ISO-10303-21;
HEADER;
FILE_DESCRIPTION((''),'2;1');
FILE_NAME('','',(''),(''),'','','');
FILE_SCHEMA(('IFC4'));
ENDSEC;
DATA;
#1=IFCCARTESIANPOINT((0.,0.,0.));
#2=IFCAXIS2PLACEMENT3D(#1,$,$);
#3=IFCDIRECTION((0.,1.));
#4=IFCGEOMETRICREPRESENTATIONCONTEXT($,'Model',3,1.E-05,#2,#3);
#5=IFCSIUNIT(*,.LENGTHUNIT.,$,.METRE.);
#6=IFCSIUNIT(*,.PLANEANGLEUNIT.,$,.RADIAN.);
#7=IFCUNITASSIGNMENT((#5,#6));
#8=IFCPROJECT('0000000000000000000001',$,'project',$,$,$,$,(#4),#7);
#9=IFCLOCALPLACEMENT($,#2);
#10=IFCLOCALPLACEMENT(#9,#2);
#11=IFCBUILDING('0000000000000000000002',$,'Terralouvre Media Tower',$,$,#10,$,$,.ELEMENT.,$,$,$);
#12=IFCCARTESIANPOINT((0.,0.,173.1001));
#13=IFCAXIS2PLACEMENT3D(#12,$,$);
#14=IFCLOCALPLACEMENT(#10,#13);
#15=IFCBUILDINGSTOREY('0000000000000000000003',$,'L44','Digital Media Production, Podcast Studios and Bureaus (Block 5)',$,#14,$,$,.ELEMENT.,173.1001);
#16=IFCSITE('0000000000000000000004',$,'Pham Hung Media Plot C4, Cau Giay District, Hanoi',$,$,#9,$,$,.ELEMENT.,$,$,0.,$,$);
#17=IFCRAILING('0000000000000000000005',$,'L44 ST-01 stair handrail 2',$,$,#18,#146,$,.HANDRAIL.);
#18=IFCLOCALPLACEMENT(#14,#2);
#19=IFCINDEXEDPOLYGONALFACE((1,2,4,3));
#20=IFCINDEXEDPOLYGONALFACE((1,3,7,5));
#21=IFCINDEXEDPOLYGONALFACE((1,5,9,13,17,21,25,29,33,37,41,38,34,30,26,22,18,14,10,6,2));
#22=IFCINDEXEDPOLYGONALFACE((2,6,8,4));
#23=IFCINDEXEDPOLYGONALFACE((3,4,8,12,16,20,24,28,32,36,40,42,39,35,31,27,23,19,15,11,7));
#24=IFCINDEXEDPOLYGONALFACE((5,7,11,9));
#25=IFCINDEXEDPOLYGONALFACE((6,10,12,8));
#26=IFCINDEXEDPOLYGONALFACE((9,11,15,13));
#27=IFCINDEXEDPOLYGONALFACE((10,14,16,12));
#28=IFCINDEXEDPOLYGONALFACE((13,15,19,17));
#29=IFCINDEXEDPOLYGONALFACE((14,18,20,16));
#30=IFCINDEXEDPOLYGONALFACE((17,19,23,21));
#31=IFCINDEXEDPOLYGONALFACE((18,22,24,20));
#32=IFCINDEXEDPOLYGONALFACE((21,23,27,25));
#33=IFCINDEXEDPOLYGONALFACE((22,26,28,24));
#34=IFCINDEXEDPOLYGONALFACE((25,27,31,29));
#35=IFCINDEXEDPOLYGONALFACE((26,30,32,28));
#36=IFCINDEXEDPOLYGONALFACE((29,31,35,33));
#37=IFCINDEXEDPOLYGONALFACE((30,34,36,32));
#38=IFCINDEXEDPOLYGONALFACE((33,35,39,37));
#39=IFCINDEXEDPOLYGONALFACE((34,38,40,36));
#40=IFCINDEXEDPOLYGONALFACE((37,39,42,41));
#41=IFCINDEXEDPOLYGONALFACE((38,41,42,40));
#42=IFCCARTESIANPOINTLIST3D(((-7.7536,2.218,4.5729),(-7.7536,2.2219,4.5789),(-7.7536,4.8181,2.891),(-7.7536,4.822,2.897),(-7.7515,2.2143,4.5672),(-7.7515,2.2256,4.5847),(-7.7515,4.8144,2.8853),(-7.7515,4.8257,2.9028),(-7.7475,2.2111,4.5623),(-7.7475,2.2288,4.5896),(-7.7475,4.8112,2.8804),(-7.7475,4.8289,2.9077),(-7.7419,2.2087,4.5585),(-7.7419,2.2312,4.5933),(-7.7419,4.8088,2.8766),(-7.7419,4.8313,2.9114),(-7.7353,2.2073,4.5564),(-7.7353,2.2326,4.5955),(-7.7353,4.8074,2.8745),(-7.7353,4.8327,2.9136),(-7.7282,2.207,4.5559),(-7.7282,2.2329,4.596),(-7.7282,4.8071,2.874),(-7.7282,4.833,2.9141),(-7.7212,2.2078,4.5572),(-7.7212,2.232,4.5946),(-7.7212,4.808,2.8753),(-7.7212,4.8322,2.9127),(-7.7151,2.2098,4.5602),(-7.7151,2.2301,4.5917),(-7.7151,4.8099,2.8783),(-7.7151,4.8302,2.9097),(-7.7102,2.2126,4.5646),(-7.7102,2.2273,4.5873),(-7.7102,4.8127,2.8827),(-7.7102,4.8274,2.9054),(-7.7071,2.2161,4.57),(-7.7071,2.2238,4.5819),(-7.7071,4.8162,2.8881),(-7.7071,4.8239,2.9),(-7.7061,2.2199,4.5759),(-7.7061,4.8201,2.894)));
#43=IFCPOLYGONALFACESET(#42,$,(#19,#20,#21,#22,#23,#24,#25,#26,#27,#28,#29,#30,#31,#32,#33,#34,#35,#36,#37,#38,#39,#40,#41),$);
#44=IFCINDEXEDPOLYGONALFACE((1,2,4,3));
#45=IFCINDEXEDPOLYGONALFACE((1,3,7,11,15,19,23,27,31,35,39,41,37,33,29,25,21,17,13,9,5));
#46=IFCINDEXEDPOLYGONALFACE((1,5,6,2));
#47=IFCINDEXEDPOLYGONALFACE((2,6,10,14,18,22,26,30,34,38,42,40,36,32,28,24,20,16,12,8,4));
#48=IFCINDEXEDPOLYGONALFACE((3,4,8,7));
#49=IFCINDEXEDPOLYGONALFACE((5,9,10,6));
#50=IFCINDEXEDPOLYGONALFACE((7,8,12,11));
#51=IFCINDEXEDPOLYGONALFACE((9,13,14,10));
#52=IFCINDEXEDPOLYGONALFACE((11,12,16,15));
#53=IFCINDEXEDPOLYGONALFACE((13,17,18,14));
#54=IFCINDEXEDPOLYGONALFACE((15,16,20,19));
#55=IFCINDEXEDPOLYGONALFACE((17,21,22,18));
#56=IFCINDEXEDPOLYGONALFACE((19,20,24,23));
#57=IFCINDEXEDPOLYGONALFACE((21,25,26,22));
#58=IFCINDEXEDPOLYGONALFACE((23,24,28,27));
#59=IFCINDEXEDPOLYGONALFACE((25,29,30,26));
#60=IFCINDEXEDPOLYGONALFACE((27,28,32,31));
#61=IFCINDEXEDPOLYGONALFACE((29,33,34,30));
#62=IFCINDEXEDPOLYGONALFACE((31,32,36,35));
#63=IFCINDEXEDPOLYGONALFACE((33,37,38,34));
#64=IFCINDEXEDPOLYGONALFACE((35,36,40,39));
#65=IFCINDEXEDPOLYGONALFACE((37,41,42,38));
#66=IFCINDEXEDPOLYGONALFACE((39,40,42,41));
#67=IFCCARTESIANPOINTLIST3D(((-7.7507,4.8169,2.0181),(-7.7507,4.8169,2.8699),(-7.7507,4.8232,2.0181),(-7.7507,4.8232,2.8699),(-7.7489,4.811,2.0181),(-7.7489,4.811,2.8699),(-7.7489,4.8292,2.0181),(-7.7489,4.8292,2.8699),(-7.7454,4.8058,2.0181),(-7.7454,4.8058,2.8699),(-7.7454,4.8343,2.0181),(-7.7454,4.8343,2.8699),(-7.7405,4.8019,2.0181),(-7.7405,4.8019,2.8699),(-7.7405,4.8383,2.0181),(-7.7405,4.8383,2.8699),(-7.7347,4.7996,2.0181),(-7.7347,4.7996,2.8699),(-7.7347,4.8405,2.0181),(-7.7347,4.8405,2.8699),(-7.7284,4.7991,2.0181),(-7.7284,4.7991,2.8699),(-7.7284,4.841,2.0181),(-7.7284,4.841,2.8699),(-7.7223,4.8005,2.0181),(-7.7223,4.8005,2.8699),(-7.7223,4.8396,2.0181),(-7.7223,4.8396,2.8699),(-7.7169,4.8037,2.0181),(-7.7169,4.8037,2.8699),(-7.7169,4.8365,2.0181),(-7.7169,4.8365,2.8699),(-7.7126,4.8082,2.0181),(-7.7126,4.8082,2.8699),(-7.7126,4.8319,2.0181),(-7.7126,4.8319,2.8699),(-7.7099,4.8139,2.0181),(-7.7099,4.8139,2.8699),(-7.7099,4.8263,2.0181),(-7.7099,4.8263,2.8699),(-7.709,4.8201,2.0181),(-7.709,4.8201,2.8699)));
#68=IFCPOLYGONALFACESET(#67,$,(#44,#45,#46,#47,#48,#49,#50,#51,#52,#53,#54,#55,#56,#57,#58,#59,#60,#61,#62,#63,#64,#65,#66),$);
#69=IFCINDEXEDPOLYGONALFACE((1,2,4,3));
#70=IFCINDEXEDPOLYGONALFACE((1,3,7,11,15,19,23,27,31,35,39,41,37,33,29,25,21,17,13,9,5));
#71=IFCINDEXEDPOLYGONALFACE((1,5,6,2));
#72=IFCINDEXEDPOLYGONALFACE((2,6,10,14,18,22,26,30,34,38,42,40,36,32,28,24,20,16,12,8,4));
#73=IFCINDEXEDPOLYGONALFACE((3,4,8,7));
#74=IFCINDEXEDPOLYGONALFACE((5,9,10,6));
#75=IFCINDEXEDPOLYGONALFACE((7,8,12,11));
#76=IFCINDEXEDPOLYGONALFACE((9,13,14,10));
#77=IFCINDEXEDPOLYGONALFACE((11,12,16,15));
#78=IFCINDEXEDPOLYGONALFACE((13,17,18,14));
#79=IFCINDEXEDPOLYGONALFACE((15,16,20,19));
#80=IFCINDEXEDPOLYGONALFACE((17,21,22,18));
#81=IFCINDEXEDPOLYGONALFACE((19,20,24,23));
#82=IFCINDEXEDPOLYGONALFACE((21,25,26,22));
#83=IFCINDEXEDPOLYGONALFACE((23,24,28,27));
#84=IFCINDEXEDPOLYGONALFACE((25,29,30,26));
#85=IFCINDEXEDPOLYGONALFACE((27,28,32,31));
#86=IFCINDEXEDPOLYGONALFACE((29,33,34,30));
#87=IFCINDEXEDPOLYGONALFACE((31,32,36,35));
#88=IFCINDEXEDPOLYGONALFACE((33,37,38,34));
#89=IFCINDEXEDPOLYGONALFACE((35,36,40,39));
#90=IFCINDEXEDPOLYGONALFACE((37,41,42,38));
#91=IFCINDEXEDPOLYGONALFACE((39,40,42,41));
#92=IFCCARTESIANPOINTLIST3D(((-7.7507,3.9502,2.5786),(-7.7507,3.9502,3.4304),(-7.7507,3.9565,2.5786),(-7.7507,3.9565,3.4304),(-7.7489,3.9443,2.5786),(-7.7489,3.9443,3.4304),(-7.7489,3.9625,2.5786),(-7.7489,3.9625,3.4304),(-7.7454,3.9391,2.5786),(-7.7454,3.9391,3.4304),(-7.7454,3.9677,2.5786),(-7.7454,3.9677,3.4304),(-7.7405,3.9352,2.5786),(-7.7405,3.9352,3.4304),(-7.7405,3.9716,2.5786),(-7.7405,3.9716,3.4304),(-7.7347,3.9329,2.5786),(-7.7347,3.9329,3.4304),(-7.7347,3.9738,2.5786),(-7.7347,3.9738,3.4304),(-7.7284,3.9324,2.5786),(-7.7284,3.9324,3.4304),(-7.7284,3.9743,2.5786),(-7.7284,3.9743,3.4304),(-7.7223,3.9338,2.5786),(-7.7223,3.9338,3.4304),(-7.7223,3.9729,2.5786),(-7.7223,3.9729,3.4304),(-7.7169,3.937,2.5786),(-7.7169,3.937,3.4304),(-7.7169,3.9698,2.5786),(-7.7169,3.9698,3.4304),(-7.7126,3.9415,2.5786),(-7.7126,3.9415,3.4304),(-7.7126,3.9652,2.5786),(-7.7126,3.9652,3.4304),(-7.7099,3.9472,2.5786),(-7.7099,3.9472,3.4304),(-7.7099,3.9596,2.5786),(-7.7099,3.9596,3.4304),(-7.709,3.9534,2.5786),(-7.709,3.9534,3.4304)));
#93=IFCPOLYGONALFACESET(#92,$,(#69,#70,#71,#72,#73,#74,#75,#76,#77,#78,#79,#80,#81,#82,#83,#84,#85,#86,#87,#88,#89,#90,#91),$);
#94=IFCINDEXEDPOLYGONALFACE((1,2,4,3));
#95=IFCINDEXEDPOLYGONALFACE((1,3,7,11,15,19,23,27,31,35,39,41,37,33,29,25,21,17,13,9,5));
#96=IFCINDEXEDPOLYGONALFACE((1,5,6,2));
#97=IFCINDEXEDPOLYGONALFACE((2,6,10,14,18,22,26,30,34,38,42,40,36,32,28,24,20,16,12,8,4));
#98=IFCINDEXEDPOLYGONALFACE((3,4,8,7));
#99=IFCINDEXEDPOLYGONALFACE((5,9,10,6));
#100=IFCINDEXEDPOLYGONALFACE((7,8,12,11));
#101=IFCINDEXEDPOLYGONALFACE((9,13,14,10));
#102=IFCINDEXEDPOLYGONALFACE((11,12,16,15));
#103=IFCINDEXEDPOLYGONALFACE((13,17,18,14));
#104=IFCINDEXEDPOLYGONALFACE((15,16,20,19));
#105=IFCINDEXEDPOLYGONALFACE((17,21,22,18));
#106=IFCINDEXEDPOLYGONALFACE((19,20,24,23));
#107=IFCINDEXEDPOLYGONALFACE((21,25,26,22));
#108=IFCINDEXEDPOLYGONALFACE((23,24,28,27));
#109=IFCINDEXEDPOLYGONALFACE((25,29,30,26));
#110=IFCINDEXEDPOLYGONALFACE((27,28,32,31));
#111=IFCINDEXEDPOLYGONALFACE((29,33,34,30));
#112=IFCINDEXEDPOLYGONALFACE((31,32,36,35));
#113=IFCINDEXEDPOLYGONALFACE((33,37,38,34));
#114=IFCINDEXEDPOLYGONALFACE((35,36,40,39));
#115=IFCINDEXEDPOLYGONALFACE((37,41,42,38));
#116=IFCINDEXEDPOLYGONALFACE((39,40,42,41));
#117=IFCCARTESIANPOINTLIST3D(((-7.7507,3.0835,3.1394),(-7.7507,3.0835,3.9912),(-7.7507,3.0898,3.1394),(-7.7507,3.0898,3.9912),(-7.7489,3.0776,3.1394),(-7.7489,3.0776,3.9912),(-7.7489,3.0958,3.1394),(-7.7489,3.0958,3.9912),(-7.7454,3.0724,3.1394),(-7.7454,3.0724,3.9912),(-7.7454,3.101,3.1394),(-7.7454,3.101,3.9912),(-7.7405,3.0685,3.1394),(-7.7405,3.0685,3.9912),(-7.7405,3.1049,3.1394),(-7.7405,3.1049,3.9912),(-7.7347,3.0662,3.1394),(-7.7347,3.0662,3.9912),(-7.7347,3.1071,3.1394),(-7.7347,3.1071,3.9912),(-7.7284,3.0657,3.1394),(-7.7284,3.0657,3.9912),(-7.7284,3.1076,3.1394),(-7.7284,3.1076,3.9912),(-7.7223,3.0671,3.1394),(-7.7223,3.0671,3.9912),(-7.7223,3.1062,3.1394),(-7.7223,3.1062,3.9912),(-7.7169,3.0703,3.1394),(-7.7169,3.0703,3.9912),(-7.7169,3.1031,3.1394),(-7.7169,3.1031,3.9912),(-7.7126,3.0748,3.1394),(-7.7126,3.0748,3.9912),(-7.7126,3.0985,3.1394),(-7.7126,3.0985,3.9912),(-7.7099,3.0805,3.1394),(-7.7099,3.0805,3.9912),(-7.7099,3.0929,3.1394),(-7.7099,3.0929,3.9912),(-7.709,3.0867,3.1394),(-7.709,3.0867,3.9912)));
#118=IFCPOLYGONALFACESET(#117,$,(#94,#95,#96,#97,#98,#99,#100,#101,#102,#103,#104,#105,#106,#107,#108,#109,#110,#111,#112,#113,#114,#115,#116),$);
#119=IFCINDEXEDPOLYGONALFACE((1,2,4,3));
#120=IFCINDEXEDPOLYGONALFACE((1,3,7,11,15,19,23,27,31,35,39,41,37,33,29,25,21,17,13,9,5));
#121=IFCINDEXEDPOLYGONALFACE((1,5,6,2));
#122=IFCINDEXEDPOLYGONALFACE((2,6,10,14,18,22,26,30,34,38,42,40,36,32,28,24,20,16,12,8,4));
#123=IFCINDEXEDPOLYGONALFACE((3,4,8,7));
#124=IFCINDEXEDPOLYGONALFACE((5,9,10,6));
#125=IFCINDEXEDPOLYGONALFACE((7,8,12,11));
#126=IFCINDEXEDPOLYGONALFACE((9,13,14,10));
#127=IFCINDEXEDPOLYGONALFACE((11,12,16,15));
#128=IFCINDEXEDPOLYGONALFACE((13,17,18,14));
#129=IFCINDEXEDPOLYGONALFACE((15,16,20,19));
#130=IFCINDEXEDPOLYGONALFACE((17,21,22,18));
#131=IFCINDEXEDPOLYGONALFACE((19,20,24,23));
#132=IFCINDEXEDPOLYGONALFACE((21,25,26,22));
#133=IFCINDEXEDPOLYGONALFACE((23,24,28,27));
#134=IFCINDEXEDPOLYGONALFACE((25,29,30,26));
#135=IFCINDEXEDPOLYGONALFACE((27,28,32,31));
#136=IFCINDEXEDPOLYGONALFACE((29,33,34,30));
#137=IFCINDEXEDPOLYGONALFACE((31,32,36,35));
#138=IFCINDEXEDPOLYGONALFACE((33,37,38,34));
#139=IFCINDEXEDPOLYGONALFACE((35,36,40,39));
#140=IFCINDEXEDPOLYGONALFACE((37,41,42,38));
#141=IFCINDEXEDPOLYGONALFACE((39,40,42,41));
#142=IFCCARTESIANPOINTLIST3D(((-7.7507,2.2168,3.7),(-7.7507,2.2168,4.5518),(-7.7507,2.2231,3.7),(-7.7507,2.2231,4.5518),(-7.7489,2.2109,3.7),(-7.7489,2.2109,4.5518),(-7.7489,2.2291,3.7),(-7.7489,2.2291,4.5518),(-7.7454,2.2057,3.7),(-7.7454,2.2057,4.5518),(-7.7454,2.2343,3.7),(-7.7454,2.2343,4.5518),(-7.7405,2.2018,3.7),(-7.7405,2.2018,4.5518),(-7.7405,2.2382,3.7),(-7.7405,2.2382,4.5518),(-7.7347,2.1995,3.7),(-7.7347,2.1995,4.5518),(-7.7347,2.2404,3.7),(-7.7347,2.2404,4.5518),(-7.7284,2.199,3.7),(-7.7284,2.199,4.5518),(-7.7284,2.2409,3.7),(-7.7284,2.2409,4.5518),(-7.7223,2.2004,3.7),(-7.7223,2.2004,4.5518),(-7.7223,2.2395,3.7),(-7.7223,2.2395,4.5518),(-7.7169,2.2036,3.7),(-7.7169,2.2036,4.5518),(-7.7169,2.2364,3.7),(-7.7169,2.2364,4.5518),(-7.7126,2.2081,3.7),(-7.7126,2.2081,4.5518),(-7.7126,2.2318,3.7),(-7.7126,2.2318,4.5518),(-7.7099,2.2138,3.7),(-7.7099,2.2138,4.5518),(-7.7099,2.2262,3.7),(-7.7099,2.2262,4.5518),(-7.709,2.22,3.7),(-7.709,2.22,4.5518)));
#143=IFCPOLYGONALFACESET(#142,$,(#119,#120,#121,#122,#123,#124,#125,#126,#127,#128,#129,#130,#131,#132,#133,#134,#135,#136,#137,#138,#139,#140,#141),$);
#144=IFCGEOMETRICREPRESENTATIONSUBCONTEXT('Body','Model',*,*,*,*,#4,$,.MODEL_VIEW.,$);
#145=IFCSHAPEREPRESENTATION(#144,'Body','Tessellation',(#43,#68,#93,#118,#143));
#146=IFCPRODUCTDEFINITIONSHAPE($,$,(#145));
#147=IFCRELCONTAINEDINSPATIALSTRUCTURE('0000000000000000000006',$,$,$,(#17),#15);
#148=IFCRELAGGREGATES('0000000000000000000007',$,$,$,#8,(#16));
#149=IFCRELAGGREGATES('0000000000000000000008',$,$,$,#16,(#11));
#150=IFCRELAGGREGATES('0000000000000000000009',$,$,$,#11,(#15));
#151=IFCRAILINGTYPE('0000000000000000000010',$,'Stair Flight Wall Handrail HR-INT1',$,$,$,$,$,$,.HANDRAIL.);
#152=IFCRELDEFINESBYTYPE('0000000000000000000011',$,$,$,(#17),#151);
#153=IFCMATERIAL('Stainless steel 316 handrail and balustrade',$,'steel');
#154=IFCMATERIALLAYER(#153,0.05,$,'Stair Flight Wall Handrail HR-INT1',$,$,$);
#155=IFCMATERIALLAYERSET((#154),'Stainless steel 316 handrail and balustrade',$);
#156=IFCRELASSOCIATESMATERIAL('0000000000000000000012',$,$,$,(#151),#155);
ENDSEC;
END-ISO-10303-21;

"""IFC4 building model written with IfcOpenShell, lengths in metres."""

from ifc_helpers import new_model, si_unit, direction, frame, origin, origin_2d, place, context, subcontext, project, spatial, circle, extrude, material, layer, layer_set, type_object, element, save


model = new_model("IFC4")

# Units and contexts
model_context = context("Model", 3, precision=1e-05, world=origin(), true_north=direction((0.0, 1.0)))
body_context = subcontext(model_context, "Body", "Model", "MODEL_VIEW")
ifc_project = project(units=[si_unit("LENGTHUNIT", "METRE"), si_unit("PLANEANGLEUNIT", "RADIAN")], contexts=[model_context])

# Site, building, storey
site_placement = place(None, origin())
site = spatial("IfcSite", under=ifc_project, at=site_placement, Name="Pham Hung Media Plot C4, Cau Giay District, Hanoi", CompositionType="ELEMENT", RefElevation=0.0)
building_placement = place(site_placement, origin())
building = spatial("IfcBuilding", under=site, at=building_placement, Name="Terralouvre Media Tower", CompositionType="ELEMENT")
storey_placement = place(building_placement, frame((0.0, 0.0, 173.1001)))
storey = spatial("IfcBuildingStorey", under=building, at=storey_placement, Name="L44", Description="Digital Media Production, Podcast Studios and Bureaus (Block 5)", CompositionType="ELEMENT", Elevation=173.1001)

# Railing
ifc_material_1 = material(Name="Stainless steel 316 handrail and balustrade", Category="steel")
ifc_layer_1 = layer(ifc_material_1, 0.05, Name="Stair Flight Wall Handrail HR-INT1")
ifc_layer_set_1 = layer_set([ifc_layer_1], Name="Stainless steel 316 handrail and balustrade")
railing_type_1 = type_object("IfcRailingType", Name="Stair Flight Wall Handrail HR-INT1", PredefinedType="HANDRAIL", material=ifc_layer_set_1)
railing_1_placement = place(storey_placement, frame((-7.73, 4.8201, 2.0181)))
element("IfcRailing", 1, at=railing_1_placement, inside=storey, type_object=railing_type_1, Name="L44 ST-01 stair handrail 2", PredefinedType="HANDRAIL", context=body_context, shape_type="SweptSolid", body=[
    extrude(circle(Radius=0.0239, at=origin_2d()), frame((0.0, 0.0, 0.876), z_axis=(0.0, -0.839648, 0.54313), x_axis=(1.0, 0.0, 0.0)), (0.0, 0.0, 1.0), 3.0967),
    extrude(circle(Radius=0.021, at=origin_2d()), origin(), (0.0, 0.0, 1.0), 0.8518),
    extrude(circle(Radius=0.021, at=origin_2d()), frame((0.0, -0.8667, 0.5605)), (0.0, 0.0, 1.0), 0.8518),
    extrude(circle(Radius=0.021, at=origin_2d()), frame((0.0, -1.7334, 1.1213)), (0.0, 0.0, 1.0), 0.8518),
    extrude(circle(Radius=0.021, at=origin_2d()), frame((0.0, -2.6001, 1.6819)), (0.0, 0.0, 1.0), 0.8518),
])

save(model, "model.ifc")
